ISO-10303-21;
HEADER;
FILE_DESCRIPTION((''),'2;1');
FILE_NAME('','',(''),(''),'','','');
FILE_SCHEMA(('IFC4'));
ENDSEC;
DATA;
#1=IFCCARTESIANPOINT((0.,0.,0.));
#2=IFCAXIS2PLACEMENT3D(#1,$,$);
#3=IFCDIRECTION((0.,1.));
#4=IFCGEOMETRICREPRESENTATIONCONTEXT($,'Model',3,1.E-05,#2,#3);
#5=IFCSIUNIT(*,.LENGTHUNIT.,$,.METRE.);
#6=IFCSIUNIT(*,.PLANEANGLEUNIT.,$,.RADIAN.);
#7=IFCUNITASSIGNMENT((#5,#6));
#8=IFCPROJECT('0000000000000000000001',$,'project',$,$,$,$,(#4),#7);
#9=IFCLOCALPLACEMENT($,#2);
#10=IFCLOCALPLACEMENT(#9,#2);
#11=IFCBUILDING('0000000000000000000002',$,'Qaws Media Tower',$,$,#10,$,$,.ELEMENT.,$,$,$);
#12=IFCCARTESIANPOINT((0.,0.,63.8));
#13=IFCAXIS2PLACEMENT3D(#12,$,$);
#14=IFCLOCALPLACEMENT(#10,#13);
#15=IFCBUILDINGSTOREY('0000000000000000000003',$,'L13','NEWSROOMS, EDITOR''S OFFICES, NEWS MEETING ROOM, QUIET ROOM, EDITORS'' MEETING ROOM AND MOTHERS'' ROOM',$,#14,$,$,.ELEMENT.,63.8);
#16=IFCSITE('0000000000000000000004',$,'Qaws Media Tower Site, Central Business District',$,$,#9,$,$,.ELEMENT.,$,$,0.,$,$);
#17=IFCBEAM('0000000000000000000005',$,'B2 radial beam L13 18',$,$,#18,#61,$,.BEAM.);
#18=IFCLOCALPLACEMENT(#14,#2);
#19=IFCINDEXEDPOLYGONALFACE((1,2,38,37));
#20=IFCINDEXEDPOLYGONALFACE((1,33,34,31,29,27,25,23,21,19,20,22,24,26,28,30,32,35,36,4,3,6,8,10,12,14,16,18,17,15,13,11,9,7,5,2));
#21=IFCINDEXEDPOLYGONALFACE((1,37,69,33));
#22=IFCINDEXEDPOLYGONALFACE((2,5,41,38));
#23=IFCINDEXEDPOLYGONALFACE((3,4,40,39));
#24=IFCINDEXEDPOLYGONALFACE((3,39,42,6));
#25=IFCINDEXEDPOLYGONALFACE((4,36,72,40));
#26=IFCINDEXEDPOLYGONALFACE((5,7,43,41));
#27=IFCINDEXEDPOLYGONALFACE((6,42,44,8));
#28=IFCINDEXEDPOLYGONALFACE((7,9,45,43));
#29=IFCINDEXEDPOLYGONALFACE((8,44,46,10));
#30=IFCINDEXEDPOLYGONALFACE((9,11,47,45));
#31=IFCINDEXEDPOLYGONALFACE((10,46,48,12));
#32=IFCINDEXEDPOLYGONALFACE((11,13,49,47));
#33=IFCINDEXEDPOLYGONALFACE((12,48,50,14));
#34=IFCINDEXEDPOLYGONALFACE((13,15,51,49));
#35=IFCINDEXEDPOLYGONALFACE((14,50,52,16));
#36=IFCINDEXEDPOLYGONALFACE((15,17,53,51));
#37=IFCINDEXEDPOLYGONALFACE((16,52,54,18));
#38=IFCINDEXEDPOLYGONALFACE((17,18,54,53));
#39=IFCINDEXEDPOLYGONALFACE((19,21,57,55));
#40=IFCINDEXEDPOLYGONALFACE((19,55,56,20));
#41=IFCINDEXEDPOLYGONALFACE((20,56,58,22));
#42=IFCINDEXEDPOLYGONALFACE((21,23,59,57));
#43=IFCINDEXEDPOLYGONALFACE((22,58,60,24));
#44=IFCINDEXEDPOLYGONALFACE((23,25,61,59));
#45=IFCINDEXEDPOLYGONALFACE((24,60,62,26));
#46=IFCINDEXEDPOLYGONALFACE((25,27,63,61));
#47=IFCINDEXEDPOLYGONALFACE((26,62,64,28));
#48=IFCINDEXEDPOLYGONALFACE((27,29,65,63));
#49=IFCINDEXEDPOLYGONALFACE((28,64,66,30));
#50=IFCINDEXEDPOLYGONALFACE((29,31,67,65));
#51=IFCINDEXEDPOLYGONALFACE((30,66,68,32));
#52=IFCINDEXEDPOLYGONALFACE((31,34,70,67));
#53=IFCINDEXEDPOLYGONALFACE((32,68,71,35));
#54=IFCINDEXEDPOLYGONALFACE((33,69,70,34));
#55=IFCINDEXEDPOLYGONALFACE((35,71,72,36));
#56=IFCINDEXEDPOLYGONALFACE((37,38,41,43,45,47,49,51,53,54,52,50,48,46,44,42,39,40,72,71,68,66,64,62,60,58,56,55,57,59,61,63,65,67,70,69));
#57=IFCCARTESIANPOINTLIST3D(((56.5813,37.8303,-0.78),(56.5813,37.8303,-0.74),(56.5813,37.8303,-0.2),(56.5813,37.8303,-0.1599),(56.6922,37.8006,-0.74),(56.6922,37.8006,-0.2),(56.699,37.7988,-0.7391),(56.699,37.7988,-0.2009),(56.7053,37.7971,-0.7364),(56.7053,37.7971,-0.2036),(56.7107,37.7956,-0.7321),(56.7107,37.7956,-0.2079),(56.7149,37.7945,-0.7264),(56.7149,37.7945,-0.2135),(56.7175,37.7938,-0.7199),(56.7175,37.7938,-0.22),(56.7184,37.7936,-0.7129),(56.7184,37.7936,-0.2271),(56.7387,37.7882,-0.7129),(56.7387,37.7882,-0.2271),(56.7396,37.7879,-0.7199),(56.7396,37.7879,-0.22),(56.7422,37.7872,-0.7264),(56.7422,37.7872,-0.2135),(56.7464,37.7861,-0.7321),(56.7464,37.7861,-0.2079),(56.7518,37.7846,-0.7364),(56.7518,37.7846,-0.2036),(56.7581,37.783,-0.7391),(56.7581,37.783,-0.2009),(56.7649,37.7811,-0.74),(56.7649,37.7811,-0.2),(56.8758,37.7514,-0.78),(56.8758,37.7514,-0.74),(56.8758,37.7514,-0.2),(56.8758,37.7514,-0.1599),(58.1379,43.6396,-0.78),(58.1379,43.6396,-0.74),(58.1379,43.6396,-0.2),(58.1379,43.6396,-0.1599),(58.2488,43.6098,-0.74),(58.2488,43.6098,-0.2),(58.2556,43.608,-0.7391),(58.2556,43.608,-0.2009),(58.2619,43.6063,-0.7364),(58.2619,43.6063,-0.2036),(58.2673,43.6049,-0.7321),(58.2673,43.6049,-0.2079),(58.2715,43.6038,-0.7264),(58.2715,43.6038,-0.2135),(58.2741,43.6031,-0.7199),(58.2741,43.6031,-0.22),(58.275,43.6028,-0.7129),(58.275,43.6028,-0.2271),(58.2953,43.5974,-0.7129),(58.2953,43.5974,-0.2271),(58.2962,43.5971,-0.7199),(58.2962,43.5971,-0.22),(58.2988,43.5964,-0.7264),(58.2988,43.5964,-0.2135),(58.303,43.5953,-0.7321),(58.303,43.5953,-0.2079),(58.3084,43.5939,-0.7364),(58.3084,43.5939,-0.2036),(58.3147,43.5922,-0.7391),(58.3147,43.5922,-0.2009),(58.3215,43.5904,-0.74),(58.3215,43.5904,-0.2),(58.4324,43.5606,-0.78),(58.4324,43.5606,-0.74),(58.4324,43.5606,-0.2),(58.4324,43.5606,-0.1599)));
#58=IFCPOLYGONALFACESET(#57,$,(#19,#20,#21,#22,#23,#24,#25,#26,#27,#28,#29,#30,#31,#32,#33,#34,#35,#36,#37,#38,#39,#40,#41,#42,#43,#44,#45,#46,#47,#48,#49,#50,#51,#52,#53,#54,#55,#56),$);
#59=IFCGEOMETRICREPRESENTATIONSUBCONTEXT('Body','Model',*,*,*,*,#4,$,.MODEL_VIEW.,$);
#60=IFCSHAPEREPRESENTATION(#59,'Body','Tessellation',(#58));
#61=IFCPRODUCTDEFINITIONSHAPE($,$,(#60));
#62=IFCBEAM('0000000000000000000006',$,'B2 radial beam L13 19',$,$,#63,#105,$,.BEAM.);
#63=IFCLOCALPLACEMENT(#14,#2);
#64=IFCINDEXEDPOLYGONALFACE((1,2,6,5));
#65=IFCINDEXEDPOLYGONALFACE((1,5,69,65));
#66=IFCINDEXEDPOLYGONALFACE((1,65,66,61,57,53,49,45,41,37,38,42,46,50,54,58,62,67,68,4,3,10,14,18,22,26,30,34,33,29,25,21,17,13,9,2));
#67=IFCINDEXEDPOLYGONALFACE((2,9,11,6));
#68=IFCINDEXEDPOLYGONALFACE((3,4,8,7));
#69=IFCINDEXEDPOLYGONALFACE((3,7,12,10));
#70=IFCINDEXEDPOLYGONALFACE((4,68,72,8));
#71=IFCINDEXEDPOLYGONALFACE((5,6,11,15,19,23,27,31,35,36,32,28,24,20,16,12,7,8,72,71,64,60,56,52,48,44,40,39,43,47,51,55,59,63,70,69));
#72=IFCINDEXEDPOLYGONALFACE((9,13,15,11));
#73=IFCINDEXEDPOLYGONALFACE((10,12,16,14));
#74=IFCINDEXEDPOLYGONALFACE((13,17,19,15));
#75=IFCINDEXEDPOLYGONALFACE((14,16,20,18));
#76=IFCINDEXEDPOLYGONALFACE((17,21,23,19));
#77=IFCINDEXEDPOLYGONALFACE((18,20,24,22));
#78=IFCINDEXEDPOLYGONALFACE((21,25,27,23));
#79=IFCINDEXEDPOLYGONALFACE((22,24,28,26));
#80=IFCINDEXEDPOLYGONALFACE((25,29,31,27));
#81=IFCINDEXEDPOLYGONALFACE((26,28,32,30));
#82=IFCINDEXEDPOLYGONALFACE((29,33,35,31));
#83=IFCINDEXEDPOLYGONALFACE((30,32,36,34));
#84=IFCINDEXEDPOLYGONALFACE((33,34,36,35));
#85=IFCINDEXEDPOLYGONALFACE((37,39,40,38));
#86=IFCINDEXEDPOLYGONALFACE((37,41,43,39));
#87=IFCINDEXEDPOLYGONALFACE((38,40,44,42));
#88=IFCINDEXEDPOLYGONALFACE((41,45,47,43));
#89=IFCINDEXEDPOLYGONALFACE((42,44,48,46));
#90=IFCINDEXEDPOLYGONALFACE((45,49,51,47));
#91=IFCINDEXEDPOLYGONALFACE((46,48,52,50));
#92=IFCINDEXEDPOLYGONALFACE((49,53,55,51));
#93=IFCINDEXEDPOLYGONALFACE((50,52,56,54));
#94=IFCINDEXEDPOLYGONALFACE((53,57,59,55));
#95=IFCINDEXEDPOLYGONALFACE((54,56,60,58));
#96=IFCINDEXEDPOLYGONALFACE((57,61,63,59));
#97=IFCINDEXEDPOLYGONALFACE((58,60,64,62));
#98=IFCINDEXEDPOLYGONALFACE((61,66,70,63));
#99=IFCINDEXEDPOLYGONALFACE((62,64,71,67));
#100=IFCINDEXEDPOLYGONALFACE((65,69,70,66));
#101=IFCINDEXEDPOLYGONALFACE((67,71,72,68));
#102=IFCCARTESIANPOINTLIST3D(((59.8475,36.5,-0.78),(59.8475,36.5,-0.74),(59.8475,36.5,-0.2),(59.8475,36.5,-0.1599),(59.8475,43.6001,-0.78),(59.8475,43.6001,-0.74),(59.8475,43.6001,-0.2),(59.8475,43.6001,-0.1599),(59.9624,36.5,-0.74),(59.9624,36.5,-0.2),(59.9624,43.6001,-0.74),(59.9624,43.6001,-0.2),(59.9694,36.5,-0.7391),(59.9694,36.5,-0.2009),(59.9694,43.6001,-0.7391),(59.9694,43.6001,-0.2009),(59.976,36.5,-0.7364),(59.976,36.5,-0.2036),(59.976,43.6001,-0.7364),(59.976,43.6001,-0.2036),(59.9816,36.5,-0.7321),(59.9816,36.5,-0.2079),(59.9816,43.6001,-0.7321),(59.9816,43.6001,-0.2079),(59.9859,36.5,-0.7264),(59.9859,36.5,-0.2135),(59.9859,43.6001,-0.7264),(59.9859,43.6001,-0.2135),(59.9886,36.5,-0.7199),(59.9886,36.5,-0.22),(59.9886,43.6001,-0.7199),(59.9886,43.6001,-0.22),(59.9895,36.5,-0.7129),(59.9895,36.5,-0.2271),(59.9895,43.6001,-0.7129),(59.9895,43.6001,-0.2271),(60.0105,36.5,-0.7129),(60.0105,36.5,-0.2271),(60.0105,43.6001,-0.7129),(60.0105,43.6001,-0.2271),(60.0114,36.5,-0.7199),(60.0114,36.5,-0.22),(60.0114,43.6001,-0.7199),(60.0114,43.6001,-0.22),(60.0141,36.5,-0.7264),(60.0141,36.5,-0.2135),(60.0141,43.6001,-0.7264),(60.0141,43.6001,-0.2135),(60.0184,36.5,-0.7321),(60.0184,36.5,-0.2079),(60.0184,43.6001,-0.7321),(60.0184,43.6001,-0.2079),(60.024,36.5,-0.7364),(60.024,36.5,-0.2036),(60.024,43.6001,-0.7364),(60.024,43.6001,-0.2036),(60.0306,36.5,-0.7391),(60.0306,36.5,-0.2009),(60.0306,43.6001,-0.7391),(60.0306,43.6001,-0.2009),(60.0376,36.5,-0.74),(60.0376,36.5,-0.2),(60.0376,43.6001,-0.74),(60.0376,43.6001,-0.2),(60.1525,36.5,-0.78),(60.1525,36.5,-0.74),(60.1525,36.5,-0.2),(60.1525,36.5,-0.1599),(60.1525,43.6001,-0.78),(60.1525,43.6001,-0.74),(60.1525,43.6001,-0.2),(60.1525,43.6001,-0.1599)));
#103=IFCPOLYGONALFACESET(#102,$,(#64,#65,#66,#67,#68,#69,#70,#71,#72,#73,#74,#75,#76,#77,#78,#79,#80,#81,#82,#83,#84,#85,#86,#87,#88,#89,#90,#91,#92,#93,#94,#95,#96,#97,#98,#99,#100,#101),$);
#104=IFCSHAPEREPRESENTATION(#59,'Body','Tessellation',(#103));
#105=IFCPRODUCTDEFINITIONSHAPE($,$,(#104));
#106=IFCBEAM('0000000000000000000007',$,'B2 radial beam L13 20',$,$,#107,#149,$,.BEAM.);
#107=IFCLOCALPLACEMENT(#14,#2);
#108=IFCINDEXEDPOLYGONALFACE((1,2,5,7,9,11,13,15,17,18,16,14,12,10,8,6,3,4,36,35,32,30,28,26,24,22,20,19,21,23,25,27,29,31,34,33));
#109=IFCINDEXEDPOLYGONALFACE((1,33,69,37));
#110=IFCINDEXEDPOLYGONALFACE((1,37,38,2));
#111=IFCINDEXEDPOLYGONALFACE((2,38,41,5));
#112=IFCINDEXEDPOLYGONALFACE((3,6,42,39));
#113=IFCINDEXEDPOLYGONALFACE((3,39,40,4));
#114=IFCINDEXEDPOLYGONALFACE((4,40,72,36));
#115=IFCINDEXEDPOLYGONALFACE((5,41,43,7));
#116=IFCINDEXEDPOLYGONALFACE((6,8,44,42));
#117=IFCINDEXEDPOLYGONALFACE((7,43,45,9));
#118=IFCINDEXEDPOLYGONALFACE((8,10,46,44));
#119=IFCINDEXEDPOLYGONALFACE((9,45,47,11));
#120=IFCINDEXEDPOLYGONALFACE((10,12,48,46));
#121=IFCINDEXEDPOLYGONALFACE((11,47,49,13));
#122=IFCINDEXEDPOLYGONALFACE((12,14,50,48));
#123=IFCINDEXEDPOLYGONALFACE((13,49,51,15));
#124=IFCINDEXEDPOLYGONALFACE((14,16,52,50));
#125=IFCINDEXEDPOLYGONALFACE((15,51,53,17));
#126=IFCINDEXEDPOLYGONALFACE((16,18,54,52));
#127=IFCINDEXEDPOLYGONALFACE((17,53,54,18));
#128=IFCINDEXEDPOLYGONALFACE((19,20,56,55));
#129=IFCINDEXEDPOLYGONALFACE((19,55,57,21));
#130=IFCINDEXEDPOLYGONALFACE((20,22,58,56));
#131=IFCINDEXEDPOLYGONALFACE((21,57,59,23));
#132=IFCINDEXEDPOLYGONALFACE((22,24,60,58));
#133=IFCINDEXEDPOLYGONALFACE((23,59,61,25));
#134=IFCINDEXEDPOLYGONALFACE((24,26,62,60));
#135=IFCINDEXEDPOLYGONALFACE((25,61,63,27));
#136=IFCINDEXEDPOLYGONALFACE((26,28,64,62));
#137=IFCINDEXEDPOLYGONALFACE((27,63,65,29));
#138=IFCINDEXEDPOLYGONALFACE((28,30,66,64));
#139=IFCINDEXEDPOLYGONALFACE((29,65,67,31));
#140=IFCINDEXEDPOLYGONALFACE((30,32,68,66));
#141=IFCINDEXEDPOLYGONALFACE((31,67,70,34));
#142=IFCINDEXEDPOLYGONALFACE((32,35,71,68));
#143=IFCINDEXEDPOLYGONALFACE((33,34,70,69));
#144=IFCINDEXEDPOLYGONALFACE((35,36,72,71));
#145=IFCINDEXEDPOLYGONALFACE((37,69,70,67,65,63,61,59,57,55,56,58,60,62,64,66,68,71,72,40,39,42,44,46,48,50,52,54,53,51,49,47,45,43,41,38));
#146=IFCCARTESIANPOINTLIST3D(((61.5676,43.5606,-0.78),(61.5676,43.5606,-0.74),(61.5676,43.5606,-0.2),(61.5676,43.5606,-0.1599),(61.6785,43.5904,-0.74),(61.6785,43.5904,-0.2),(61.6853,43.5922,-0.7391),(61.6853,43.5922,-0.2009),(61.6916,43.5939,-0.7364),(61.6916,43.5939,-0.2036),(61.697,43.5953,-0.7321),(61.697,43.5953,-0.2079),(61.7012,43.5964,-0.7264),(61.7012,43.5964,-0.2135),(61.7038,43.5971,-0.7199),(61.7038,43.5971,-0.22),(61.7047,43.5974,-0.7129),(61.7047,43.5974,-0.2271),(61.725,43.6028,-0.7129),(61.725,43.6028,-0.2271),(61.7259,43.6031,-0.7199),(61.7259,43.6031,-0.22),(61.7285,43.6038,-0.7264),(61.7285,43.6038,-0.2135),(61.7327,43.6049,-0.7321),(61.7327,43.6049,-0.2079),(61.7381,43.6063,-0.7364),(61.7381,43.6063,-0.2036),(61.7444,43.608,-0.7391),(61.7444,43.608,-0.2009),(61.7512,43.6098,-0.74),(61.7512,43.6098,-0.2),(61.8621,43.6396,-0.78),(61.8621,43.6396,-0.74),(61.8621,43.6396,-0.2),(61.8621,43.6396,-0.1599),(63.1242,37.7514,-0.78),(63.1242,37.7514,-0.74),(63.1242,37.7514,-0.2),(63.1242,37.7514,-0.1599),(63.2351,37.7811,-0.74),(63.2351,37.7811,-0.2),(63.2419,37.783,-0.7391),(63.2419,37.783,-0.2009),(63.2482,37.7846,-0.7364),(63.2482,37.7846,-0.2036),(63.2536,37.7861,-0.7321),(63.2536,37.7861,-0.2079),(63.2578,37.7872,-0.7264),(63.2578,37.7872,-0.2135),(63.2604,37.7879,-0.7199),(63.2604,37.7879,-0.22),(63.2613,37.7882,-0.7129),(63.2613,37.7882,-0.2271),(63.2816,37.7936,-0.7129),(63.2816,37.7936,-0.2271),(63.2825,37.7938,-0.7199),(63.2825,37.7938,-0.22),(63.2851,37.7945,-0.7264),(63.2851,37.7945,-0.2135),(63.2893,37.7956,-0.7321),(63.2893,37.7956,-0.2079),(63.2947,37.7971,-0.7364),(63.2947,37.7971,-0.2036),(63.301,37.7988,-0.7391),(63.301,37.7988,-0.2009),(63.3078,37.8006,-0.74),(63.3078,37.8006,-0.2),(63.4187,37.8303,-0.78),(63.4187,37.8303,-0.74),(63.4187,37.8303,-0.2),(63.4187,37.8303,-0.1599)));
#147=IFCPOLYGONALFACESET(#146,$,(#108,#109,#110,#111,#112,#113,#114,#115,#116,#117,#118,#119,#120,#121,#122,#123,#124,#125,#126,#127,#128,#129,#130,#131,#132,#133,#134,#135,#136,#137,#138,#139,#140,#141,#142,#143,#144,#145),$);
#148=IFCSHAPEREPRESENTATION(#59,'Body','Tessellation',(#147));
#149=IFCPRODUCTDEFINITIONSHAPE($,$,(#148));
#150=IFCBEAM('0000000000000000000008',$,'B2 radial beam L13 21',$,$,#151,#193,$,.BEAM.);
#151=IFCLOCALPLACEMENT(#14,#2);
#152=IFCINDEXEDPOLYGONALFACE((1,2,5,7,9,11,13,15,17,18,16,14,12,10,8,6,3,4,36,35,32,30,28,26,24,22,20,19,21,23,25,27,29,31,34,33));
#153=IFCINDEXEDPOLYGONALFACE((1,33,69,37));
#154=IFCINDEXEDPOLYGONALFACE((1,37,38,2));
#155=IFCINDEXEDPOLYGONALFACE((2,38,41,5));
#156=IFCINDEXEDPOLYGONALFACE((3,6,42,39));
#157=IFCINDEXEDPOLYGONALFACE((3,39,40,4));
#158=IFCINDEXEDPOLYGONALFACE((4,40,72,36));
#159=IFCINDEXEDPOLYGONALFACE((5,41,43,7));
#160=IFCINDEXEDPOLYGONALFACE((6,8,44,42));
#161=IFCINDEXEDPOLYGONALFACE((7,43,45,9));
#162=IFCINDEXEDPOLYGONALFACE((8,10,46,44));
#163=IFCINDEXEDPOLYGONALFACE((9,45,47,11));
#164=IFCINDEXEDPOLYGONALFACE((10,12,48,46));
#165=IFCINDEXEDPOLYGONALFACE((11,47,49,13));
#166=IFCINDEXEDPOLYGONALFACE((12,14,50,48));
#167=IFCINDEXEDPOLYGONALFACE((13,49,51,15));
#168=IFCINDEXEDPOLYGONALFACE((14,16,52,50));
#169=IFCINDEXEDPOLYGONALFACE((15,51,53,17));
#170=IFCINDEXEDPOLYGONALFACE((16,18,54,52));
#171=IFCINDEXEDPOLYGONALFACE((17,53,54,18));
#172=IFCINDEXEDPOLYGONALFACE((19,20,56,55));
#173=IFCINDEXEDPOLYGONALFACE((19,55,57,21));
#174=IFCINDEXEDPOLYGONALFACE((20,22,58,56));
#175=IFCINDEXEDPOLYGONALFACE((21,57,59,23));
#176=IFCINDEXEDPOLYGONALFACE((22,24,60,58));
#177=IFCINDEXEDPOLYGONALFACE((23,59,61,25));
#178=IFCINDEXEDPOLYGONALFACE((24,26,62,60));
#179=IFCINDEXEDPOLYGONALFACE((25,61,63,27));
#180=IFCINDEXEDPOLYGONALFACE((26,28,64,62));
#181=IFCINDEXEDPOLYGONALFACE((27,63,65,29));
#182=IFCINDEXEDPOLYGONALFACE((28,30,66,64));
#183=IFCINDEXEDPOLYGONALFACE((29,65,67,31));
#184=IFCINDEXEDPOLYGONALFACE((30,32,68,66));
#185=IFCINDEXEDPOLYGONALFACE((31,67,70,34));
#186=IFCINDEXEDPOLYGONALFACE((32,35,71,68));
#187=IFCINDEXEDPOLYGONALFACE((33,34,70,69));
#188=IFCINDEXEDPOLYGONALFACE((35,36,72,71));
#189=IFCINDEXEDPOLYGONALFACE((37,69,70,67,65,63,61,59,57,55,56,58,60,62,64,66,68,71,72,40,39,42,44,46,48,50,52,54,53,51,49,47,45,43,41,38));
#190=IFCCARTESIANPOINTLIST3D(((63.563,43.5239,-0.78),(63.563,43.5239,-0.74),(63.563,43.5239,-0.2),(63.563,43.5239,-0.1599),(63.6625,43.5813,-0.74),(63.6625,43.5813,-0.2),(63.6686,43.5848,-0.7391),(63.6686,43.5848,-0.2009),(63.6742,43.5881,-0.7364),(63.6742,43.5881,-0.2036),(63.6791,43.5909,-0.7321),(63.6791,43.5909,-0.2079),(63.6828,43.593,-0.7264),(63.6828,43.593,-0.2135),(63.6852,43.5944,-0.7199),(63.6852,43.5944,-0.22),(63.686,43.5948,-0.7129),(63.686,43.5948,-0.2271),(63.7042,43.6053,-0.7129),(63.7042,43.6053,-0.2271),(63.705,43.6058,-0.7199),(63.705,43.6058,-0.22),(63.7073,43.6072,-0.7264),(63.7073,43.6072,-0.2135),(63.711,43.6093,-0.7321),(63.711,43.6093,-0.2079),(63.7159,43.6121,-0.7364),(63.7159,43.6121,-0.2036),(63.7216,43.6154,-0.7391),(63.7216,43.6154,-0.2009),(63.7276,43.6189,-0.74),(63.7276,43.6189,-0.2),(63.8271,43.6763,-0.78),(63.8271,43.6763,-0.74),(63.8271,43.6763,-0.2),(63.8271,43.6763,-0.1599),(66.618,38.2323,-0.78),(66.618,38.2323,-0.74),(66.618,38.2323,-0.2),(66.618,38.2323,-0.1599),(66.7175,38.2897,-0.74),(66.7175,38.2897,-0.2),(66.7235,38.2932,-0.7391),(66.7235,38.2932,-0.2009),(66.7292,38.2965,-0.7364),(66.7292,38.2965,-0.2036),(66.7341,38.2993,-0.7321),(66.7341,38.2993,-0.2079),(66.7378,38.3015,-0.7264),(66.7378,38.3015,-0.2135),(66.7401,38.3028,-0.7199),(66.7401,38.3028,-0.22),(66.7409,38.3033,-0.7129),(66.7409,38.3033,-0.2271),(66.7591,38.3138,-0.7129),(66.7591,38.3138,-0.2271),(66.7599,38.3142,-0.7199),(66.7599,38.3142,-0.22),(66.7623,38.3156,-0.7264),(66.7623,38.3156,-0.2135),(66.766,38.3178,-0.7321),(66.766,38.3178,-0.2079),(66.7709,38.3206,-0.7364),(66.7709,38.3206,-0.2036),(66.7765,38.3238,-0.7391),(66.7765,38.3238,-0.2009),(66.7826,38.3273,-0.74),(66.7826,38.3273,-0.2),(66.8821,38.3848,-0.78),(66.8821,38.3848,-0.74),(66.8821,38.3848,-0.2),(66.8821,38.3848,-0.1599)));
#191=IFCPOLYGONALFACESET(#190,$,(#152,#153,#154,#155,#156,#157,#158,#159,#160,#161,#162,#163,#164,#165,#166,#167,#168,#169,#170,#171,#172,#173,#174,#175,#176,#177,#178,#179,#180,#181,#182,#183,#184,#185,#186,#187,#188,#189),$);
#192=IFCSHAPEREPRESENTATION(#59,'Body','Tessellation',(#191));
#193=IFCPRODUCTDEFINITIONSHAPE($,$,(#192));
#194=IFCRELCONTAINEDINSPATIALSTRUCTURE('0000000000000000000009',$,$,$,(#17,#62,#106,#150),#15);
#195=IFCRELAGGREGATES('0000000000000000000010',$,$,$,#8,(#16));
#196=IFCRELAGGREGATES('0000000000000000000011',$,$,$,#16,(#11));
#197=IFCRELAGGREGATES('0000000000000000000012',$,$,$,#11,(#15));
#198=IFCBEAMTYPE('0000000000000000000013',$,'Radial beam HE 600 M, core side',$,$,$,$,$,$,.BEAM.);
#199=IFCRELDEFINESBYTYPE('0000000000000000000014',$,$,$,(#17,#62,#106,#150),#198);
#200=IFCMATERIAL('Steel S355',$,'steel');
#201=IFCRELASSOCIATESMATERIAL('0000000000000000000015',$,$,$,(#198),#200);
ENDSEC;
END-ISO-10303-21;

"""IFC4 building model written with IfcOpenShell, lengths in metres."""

from ifc_helpers import new_model, si_unit, direction, frame, origin, origin_2d, place, context, subcontext, project, spatial, i_section, extrude, material, material_profile, profile_set, type_object, element, save


model = new_model("IFC4")

# Units and contexts
model_context = context("Model", 3, precision=1e-05, world=origin(), true_north=direction((0.0, 1.0)))
body_context = subcontext(model_context, "Body", "Model", "MODEL_VIEW")
ifc_project = project(units=[si_unit("LENGTHUNIT", "METRE"), si_unit("PLANEANGLEUNIT", "RADIAN")], contexts=[model_context])

# Site, building, storey
site_placement = place(None, origin())
site = spatial("IfcSite", under=ifc_project, at=site_placement, Name="Qaws Media Tower Site, Central Business District", CompositionType="ELEMENT", RefElevation=0.0)
building_placement = place(site_placement, origin())
building = spatial("IfcBuilding", under=site, at=building_placement, Name="Qaws Media Tower", CompositionType="ELEMENT")
storey_placement = place(building_placement, frame((0.0, 0.0, 63.8)))
storey = spatial("IfcBuildingStorey", under=building, at=storey_placement, Name="L13", Description="NEWSROOMS, EDITOR'S OFFICES, NEWS MEETING ROOM, QUIET ROOM, EDITORS' MEETING ROOM AND MOTHERS' ROOM", CompositionType="ELEMENT", Elevation=63.8)

# Beams
ifc_material_1 = material(Name="Steel S355", Category="steel")
ifc_material_profile_1 = material_profile(ifc_material_1, i_section(OverallWidth=0.3049, OverallDepth=0.6201, WebThickness=0.021, FlangeThickness=0.04, FilletRadius=0.0271, at=origin_2d()), Name="HE 600 M")
ifc_profile_set_1 = profile_set([ifc_material_profile_1], Name="Steel S355")
beam_type_1 = type_object("IfcBeamType", Name="Radial beam HE 600 M, core side", PredefinedType="BEAM", material=ifc_profile_set_1)
beam_1_placement = place(storey_placement, frame((58.2852, 43.6001, -0.47), z_axis=(-0.258825, -0.965924, 0.0), x_axis=(0.965924, -0.258825, 0.0)))
element("IfcBeam", 1, at=beam_1_placement, inside=storey, type_object=beam_type_1, Name="B2 radial beam L13 18", PredefinedType="BEAM", context=body_context, shape_type="SweptSolid", body=[
    extrude(i_section(OverallWidth=0.3049, OverallDepth=0.6201, WebThickness=0.021, FlangeThickness=0.04, FilletRadius=0.0271, at=origin_2d()), origin(), (0.0, 0.0, 1.0), 6.0142),
])
beam_2_placement = place(storey_placement, frame((60.0, 43.6001, -0.47), z_axis=(0.0, -1.0, 0.0), x_axis=(1.0, 0.0, 0.0)))
element("IfcBeam", 2, at=beam_2_placement, inside=storey, type_object=beam_type_1, Name="B2 radial beam L13 19", PredefinedType="BEAM", context=body_context, shape_type="SweptSolid", body=[
    extrude(i_section(OverallWidth=0.3049, OverallDepth=0.6201, WebThickness=0.021, FlangeThickness=0.04, FilletRadius=0.0271, at=origin_2d()), origin(), (0.0, 0.0, 1.0), 7.1001),
])
beam_3_placement = place(storey_placement, frame((61.7148, 43.6001, -0.47), z_axis=(0.258825, -0.965924, 0.0), x_axis=(0.965924, 0.258825, 0.0)))
element("IfcBeam", 3, at=beam_3_placement, inside=storey, type_object=beam_type_1, Name="B2 radial beam L13 20", PredefinedType="BEAM", context=body_context, shape_type="SweptSolid", body=[
    extrude(i_section(OverallWidth=0.3049, OverallDepth=0.6201, WebThickness=0.021, FlangeThickness=0.04, FilletRadius=0.0271, at=origin_2d()), origin(), (0.0, 0.0, 1.0), 6.0142),
])
beam_4_placement = place(storey_placement, frame((63.6951, 43.6001, -0.47), z_axis=(0.499985, -0.866034, 0.0), x_axis=(0.866034, 0.499985, 0.0)))
element("IfcBeam", 4, at=beam_4_placement, inside=storey, type_object=beam_type_1, Name="B2 radial beam L13 21", PredefinedType="BEAM", context=body_context, shape_type="SweptSolid", body=[
    extrude(i_section(OverallWidth=0.3049, OverallDepth=0.6201, WebThickness=0.021, FlangeThickness=0.04, FilletRadius=0.0271, at=origin_2d()), origin(), (0.0, 0.0, 1.0), 6.1101),
])

save(model, "model.ifc")
